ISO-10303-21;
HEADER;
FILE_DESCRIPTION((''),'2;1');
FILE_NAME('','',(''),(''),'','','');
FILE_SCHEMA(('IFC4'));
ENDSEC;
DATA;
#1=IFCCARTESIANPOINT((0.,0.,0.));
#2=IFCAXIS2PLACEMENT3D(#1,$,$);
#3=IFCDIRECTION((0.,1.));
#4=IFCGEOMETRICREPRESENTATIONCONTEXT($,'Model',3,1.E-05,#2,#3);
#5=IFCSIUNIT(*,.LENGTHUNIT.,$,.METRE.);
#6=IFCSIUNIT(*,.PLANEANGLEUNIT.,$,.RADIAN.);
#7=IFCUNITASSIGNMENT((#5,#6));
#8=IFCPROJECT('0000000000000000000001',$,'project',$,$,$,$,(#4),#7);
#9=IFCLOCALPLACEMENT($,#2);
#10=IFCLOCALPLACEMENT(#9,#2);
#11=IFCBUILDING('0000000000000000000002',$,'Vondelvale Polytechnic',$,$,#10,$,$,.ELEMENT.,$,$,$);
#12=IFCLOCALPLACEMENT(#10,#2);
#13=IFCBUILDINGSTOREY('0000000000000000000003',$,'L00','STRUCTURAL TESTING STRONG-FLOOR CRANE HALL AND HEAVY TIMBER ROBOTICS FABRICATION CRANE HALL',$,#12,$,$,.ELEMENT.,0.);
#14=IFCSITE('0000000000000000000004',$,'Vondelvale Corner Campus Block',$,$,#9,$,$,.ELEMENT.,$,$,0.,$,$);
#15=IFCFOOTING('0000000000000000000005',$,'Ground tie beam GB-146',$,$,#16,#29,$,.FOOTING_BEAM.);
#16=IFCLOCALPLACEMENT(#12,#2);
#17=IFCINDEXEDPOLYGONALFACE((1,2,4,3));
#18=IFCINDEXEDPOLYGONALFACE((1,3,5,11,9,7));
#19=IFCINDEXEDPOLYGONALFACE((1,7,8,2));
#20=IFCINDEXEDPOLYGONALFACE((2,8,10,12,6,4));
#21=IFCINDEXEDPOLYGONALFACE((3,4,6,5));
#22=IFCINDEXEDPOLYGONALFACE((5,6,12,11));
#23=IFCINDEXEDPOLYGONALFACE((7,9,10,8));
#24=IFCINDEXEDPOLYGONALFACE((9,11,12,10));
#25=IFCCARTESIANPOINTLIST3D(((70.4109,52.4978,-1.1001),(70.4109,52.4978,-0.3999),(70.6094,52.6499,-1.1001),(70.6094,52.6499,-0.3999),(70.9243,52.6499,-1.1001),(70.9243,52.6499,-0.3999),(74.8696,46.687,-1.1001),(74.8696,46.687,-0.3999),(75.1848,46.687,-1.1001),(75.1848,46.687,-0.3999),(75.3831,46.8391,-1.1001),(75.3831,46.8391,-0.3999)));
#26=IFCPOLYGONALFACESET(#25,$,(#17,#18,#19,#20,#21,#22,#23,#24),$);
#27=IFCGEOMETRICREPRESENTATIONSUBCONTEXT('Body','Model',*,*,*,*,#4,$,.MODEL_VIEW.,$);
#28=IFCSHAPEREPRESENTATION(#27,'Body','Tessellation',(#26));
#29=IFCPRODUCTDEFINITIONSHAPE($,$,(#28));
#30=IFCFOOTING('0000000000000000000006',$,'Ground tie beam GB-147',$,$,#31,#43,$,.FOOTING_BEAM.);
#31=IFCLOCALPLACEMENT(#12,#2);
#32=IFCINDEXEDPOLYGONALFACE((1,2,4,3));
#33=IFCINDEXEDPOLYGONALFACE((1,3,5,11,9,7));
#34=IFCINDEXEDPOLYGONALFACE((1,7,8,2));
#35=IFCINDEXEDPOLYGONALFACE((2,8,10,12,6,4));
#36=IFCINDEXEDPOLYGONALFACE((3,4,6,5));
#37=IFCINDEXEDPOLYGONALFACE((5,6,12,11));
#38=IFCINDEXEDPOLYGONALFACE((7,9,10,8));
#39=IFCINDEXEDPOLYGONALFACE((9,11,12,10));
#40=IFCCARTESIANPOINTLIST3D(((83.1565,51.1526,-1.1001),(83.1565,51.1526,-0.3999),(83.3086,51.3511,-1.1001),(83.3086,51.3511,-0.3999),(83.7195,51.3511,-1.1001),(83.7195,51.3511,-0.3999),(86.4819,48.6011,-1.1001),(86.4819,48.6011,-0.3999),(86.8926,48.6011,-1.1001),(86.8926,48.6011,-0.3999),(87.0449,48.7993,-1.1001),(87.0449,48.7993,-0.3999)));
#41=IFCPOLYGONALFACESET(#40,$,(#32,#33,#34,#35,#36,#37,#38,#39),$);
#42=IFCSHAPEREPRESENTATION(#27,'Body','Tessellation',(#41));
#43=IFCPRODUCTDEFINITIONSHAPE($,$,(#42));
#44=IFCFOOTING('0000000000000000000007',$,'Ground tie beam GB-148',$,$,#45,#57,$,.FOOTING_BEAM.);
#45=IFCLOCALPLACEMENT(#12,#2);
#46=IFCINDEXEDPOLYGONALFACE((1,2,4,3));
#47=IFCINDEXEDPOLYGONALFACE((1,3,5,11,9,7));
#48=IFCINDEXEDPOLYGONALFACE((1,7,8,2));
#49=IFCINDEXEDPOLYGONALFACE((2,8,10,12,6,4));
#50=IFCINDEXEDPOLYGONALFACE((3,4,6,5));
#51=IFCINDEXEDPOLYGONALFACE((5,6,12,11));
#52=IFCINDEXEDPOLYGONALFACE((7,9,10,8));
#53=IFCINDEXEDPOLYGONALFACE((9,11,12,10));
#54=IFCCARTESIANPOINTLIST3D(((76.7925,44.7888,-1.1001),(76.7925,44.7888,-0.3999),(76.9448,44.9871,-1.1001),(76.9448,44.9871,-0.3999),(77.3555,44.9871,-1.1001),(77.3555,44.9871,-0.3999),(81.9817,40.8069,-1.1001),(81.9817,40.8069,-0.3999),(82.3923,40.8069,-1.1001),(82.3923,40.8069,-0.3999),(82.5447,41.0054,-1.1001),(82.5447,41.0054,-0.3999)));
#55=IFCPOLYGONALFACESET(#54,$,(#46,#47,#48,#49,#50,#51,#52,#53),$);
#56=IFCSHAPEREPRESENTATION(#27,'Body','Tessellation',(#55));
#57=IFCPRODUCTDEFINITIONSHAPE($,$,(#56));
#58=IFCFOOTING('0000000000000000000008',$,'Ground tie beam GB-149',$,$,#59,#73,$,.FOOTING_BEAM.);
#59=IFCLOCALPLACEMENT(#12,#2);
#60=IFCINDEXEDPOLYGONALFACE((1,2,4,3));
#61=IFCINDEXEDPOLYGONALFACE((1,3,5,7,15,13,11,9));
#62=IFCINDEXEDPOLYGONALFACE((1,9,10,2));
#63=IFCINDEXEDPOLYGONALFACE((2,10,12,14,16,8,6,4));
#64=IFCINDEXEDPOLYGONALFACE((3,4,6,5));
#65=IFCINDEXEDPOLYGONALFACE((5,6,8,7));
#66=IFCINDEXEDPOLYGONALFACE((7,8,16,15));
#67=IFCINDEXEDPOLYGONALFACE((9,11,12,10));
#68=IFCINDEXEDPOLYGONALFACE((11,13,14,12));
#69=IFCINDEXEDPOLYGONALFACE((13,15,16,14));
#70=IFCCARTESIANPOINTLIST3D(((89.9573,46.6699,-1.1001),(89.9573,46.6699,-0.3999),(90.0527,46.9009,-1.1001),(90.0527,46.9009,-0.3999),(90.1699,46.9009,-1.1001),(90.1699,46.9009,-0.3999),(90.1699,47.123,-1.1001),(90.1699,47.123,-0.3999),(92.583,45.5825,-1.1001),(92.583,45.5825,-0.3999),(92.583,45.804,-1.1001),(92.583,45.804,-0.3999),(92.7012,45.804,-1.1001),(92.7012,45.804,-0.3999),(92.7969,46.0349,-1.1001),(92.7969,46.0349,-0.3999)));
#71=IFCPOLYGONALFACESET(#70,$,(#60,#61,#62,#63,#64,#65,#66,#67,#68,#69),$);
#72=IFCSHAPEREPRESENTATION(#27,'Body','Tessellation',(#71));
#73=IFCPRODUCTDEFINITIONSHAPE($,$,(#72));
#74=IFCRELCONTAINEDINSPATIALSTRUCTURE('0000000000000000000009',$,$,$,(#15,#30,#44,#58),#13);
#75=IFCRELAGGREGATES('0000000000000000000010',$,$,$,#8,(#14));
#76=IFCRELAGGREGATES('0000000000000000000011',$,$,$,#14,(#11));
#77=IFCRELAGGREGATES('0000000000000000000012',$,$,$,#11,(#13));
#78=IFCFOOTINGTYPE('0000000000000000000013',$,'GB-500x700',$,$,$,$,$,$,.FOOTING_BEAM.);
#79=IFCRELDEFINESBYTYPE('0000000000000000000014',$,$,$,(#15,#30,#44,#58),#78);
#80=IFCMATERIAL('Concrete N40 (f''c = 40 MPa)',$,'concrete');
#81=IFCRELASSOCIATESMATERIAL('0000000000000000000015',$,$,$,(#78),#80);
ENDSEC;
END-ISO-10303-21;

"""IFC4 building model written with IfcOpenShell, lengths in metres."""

from ifc_helpers import new_model, si_unit, direction, frame, origin, place, context, subcontext, project, spatial, polyline, outline, extrude, material, type_object, element, save


model = new_model("IFC4")

# Units and contexts
model_context = context("Model", 3, precision=1e-05, world=origin(), true_north=direction((0.0, 1.0)))
body_context = subcontext(model_context, "Body", "Model", "MODEL_VIEW")
ifc_project = project(units=[si_unit("LENGTHUNIT", "METRE"), si_unit("PLANEANGLEUNIT", "RADIAN")], contexts=[model_context])

# Site, building, storey
site_placement = place(None, origin())
site = spatial("IfcSite", under=ifc_project, at=site_placement, Name="Vondelvale Corner Campus Block", CompositionType="ELEMENT", RefElevation=0.0)
building_placement = place(site_placement, origin())
building = spatial("IfcBuilding", under=site, at=building_placement, Name="Vondelvale Polytechnic", CompositionType="ELEMENT")
storey_placement = place(building_placement, origin())
storey = spatial("IfcBuildingStorey", under=building, at=storey_placement, Name="L00", Description="STRUCTURAL TESTING STRONG-FLOOR CRANE HALL AND HEAVY TIMBER ROBOTICS FABRICATION CRANE HALL", CompositionType="ELEMENT", Elevation=0.0)

# Footings
ifc_material = material(Name="Concrete N40 (f'c = 40 MPa)", Category="concrete")
footing_type = type_object("IfcFootingType", Name="GB-500x700", PredefinedType="FOOTING_BEAM", material=ifc_material)
footing_1_placement = place(storey_placement, frame((0.0, 0.0, -1.1001)))
element("IfcFooting", 1, at=footing_1_placement, inside=storey, type_object=footing_type, Name="Ground tie beam GB-146", PredefinedType="FOOTING_BEAM", context=body_context, shape_type="SweptSolid", body=[
    extrude(outline(polyline([(70.4109, 52.4978), (70.6094, 52.6499), (70.9243, 52.6499), (75.3831, 46.8391), (75.1848, 46.687), (74.8696, 46.687), (70.4109, 52.4978)])), origin(), (0.0, 0.0, 1.0), 0.7002),
])
footing_2_placement = place(storey_placement, frame((0.0, 0.0, -1.1001)))
element("IfcFooting", 2, at=footing_2_placement, inside=storey, type_object=footing_type, Name="Ground tie beam GB-147", PredefinedType="FOOTING_BEAM", context=body_context, shape_type="SweptSolid", body=[
    extrude(outline(polyline([(83.1565, 51.1526), (83.3086, 51.3511), (83.7195, 51.3511), (87.0449, 48.7993), (86.8926, 48.6011), (86.4819, 48.6011), (83.1565, 51.1526)])), origin(), (0.0, 0.0, 1.0), 0.7002),
])
footing_3_placement = place(storey_placement, frame((0.0, 0.0, -1.1001)))
element("IfcFooting", 3, at=footing_3_placement, inside=storey, type_object=footing_type, Name="Ground tie beam GB-148", PredefinedType="FOOTING_BEAM", context=body_context, shape_type="SweptSolid", body=[
    extrude(outline(polyline([(76.7925, 44.7888), (76.9448, 44.9871), (77.3555, 44.9871), (82.5447, 41.0054), (82.3923, 40.8069), (81.9817, 40.8069), (76.7925, 44.7888)])), origin(), (0.0, 0.0, 1.0), 0.7002),
])
footing_4_placement = place(storey_placement, frame((0.0, 0.0, -1.1001)))
element("IfcFooting", 4, at=footing_4_placement, inside=storey, type_object=footing_type, Name="Ground tie beam GB-149", PredefinedType="FOOTING_BEAM", context=body_context, shape_type="SweptSolid", body=[
    extrude(outline(polyline([(89.9573, 46.6699), (90.0527, 46.9009), (90.1699, 46.9009), (90.1699, 47.123), (92.7969, 46.0349), (92.7012, 45.804), (92.583, 45.804), (92.583, 45.5825), (89.9573, 46.6699)])), origin(), (0.0, 0.0, 1.0), 0.7002),
])

save(model, "model.ifc")
